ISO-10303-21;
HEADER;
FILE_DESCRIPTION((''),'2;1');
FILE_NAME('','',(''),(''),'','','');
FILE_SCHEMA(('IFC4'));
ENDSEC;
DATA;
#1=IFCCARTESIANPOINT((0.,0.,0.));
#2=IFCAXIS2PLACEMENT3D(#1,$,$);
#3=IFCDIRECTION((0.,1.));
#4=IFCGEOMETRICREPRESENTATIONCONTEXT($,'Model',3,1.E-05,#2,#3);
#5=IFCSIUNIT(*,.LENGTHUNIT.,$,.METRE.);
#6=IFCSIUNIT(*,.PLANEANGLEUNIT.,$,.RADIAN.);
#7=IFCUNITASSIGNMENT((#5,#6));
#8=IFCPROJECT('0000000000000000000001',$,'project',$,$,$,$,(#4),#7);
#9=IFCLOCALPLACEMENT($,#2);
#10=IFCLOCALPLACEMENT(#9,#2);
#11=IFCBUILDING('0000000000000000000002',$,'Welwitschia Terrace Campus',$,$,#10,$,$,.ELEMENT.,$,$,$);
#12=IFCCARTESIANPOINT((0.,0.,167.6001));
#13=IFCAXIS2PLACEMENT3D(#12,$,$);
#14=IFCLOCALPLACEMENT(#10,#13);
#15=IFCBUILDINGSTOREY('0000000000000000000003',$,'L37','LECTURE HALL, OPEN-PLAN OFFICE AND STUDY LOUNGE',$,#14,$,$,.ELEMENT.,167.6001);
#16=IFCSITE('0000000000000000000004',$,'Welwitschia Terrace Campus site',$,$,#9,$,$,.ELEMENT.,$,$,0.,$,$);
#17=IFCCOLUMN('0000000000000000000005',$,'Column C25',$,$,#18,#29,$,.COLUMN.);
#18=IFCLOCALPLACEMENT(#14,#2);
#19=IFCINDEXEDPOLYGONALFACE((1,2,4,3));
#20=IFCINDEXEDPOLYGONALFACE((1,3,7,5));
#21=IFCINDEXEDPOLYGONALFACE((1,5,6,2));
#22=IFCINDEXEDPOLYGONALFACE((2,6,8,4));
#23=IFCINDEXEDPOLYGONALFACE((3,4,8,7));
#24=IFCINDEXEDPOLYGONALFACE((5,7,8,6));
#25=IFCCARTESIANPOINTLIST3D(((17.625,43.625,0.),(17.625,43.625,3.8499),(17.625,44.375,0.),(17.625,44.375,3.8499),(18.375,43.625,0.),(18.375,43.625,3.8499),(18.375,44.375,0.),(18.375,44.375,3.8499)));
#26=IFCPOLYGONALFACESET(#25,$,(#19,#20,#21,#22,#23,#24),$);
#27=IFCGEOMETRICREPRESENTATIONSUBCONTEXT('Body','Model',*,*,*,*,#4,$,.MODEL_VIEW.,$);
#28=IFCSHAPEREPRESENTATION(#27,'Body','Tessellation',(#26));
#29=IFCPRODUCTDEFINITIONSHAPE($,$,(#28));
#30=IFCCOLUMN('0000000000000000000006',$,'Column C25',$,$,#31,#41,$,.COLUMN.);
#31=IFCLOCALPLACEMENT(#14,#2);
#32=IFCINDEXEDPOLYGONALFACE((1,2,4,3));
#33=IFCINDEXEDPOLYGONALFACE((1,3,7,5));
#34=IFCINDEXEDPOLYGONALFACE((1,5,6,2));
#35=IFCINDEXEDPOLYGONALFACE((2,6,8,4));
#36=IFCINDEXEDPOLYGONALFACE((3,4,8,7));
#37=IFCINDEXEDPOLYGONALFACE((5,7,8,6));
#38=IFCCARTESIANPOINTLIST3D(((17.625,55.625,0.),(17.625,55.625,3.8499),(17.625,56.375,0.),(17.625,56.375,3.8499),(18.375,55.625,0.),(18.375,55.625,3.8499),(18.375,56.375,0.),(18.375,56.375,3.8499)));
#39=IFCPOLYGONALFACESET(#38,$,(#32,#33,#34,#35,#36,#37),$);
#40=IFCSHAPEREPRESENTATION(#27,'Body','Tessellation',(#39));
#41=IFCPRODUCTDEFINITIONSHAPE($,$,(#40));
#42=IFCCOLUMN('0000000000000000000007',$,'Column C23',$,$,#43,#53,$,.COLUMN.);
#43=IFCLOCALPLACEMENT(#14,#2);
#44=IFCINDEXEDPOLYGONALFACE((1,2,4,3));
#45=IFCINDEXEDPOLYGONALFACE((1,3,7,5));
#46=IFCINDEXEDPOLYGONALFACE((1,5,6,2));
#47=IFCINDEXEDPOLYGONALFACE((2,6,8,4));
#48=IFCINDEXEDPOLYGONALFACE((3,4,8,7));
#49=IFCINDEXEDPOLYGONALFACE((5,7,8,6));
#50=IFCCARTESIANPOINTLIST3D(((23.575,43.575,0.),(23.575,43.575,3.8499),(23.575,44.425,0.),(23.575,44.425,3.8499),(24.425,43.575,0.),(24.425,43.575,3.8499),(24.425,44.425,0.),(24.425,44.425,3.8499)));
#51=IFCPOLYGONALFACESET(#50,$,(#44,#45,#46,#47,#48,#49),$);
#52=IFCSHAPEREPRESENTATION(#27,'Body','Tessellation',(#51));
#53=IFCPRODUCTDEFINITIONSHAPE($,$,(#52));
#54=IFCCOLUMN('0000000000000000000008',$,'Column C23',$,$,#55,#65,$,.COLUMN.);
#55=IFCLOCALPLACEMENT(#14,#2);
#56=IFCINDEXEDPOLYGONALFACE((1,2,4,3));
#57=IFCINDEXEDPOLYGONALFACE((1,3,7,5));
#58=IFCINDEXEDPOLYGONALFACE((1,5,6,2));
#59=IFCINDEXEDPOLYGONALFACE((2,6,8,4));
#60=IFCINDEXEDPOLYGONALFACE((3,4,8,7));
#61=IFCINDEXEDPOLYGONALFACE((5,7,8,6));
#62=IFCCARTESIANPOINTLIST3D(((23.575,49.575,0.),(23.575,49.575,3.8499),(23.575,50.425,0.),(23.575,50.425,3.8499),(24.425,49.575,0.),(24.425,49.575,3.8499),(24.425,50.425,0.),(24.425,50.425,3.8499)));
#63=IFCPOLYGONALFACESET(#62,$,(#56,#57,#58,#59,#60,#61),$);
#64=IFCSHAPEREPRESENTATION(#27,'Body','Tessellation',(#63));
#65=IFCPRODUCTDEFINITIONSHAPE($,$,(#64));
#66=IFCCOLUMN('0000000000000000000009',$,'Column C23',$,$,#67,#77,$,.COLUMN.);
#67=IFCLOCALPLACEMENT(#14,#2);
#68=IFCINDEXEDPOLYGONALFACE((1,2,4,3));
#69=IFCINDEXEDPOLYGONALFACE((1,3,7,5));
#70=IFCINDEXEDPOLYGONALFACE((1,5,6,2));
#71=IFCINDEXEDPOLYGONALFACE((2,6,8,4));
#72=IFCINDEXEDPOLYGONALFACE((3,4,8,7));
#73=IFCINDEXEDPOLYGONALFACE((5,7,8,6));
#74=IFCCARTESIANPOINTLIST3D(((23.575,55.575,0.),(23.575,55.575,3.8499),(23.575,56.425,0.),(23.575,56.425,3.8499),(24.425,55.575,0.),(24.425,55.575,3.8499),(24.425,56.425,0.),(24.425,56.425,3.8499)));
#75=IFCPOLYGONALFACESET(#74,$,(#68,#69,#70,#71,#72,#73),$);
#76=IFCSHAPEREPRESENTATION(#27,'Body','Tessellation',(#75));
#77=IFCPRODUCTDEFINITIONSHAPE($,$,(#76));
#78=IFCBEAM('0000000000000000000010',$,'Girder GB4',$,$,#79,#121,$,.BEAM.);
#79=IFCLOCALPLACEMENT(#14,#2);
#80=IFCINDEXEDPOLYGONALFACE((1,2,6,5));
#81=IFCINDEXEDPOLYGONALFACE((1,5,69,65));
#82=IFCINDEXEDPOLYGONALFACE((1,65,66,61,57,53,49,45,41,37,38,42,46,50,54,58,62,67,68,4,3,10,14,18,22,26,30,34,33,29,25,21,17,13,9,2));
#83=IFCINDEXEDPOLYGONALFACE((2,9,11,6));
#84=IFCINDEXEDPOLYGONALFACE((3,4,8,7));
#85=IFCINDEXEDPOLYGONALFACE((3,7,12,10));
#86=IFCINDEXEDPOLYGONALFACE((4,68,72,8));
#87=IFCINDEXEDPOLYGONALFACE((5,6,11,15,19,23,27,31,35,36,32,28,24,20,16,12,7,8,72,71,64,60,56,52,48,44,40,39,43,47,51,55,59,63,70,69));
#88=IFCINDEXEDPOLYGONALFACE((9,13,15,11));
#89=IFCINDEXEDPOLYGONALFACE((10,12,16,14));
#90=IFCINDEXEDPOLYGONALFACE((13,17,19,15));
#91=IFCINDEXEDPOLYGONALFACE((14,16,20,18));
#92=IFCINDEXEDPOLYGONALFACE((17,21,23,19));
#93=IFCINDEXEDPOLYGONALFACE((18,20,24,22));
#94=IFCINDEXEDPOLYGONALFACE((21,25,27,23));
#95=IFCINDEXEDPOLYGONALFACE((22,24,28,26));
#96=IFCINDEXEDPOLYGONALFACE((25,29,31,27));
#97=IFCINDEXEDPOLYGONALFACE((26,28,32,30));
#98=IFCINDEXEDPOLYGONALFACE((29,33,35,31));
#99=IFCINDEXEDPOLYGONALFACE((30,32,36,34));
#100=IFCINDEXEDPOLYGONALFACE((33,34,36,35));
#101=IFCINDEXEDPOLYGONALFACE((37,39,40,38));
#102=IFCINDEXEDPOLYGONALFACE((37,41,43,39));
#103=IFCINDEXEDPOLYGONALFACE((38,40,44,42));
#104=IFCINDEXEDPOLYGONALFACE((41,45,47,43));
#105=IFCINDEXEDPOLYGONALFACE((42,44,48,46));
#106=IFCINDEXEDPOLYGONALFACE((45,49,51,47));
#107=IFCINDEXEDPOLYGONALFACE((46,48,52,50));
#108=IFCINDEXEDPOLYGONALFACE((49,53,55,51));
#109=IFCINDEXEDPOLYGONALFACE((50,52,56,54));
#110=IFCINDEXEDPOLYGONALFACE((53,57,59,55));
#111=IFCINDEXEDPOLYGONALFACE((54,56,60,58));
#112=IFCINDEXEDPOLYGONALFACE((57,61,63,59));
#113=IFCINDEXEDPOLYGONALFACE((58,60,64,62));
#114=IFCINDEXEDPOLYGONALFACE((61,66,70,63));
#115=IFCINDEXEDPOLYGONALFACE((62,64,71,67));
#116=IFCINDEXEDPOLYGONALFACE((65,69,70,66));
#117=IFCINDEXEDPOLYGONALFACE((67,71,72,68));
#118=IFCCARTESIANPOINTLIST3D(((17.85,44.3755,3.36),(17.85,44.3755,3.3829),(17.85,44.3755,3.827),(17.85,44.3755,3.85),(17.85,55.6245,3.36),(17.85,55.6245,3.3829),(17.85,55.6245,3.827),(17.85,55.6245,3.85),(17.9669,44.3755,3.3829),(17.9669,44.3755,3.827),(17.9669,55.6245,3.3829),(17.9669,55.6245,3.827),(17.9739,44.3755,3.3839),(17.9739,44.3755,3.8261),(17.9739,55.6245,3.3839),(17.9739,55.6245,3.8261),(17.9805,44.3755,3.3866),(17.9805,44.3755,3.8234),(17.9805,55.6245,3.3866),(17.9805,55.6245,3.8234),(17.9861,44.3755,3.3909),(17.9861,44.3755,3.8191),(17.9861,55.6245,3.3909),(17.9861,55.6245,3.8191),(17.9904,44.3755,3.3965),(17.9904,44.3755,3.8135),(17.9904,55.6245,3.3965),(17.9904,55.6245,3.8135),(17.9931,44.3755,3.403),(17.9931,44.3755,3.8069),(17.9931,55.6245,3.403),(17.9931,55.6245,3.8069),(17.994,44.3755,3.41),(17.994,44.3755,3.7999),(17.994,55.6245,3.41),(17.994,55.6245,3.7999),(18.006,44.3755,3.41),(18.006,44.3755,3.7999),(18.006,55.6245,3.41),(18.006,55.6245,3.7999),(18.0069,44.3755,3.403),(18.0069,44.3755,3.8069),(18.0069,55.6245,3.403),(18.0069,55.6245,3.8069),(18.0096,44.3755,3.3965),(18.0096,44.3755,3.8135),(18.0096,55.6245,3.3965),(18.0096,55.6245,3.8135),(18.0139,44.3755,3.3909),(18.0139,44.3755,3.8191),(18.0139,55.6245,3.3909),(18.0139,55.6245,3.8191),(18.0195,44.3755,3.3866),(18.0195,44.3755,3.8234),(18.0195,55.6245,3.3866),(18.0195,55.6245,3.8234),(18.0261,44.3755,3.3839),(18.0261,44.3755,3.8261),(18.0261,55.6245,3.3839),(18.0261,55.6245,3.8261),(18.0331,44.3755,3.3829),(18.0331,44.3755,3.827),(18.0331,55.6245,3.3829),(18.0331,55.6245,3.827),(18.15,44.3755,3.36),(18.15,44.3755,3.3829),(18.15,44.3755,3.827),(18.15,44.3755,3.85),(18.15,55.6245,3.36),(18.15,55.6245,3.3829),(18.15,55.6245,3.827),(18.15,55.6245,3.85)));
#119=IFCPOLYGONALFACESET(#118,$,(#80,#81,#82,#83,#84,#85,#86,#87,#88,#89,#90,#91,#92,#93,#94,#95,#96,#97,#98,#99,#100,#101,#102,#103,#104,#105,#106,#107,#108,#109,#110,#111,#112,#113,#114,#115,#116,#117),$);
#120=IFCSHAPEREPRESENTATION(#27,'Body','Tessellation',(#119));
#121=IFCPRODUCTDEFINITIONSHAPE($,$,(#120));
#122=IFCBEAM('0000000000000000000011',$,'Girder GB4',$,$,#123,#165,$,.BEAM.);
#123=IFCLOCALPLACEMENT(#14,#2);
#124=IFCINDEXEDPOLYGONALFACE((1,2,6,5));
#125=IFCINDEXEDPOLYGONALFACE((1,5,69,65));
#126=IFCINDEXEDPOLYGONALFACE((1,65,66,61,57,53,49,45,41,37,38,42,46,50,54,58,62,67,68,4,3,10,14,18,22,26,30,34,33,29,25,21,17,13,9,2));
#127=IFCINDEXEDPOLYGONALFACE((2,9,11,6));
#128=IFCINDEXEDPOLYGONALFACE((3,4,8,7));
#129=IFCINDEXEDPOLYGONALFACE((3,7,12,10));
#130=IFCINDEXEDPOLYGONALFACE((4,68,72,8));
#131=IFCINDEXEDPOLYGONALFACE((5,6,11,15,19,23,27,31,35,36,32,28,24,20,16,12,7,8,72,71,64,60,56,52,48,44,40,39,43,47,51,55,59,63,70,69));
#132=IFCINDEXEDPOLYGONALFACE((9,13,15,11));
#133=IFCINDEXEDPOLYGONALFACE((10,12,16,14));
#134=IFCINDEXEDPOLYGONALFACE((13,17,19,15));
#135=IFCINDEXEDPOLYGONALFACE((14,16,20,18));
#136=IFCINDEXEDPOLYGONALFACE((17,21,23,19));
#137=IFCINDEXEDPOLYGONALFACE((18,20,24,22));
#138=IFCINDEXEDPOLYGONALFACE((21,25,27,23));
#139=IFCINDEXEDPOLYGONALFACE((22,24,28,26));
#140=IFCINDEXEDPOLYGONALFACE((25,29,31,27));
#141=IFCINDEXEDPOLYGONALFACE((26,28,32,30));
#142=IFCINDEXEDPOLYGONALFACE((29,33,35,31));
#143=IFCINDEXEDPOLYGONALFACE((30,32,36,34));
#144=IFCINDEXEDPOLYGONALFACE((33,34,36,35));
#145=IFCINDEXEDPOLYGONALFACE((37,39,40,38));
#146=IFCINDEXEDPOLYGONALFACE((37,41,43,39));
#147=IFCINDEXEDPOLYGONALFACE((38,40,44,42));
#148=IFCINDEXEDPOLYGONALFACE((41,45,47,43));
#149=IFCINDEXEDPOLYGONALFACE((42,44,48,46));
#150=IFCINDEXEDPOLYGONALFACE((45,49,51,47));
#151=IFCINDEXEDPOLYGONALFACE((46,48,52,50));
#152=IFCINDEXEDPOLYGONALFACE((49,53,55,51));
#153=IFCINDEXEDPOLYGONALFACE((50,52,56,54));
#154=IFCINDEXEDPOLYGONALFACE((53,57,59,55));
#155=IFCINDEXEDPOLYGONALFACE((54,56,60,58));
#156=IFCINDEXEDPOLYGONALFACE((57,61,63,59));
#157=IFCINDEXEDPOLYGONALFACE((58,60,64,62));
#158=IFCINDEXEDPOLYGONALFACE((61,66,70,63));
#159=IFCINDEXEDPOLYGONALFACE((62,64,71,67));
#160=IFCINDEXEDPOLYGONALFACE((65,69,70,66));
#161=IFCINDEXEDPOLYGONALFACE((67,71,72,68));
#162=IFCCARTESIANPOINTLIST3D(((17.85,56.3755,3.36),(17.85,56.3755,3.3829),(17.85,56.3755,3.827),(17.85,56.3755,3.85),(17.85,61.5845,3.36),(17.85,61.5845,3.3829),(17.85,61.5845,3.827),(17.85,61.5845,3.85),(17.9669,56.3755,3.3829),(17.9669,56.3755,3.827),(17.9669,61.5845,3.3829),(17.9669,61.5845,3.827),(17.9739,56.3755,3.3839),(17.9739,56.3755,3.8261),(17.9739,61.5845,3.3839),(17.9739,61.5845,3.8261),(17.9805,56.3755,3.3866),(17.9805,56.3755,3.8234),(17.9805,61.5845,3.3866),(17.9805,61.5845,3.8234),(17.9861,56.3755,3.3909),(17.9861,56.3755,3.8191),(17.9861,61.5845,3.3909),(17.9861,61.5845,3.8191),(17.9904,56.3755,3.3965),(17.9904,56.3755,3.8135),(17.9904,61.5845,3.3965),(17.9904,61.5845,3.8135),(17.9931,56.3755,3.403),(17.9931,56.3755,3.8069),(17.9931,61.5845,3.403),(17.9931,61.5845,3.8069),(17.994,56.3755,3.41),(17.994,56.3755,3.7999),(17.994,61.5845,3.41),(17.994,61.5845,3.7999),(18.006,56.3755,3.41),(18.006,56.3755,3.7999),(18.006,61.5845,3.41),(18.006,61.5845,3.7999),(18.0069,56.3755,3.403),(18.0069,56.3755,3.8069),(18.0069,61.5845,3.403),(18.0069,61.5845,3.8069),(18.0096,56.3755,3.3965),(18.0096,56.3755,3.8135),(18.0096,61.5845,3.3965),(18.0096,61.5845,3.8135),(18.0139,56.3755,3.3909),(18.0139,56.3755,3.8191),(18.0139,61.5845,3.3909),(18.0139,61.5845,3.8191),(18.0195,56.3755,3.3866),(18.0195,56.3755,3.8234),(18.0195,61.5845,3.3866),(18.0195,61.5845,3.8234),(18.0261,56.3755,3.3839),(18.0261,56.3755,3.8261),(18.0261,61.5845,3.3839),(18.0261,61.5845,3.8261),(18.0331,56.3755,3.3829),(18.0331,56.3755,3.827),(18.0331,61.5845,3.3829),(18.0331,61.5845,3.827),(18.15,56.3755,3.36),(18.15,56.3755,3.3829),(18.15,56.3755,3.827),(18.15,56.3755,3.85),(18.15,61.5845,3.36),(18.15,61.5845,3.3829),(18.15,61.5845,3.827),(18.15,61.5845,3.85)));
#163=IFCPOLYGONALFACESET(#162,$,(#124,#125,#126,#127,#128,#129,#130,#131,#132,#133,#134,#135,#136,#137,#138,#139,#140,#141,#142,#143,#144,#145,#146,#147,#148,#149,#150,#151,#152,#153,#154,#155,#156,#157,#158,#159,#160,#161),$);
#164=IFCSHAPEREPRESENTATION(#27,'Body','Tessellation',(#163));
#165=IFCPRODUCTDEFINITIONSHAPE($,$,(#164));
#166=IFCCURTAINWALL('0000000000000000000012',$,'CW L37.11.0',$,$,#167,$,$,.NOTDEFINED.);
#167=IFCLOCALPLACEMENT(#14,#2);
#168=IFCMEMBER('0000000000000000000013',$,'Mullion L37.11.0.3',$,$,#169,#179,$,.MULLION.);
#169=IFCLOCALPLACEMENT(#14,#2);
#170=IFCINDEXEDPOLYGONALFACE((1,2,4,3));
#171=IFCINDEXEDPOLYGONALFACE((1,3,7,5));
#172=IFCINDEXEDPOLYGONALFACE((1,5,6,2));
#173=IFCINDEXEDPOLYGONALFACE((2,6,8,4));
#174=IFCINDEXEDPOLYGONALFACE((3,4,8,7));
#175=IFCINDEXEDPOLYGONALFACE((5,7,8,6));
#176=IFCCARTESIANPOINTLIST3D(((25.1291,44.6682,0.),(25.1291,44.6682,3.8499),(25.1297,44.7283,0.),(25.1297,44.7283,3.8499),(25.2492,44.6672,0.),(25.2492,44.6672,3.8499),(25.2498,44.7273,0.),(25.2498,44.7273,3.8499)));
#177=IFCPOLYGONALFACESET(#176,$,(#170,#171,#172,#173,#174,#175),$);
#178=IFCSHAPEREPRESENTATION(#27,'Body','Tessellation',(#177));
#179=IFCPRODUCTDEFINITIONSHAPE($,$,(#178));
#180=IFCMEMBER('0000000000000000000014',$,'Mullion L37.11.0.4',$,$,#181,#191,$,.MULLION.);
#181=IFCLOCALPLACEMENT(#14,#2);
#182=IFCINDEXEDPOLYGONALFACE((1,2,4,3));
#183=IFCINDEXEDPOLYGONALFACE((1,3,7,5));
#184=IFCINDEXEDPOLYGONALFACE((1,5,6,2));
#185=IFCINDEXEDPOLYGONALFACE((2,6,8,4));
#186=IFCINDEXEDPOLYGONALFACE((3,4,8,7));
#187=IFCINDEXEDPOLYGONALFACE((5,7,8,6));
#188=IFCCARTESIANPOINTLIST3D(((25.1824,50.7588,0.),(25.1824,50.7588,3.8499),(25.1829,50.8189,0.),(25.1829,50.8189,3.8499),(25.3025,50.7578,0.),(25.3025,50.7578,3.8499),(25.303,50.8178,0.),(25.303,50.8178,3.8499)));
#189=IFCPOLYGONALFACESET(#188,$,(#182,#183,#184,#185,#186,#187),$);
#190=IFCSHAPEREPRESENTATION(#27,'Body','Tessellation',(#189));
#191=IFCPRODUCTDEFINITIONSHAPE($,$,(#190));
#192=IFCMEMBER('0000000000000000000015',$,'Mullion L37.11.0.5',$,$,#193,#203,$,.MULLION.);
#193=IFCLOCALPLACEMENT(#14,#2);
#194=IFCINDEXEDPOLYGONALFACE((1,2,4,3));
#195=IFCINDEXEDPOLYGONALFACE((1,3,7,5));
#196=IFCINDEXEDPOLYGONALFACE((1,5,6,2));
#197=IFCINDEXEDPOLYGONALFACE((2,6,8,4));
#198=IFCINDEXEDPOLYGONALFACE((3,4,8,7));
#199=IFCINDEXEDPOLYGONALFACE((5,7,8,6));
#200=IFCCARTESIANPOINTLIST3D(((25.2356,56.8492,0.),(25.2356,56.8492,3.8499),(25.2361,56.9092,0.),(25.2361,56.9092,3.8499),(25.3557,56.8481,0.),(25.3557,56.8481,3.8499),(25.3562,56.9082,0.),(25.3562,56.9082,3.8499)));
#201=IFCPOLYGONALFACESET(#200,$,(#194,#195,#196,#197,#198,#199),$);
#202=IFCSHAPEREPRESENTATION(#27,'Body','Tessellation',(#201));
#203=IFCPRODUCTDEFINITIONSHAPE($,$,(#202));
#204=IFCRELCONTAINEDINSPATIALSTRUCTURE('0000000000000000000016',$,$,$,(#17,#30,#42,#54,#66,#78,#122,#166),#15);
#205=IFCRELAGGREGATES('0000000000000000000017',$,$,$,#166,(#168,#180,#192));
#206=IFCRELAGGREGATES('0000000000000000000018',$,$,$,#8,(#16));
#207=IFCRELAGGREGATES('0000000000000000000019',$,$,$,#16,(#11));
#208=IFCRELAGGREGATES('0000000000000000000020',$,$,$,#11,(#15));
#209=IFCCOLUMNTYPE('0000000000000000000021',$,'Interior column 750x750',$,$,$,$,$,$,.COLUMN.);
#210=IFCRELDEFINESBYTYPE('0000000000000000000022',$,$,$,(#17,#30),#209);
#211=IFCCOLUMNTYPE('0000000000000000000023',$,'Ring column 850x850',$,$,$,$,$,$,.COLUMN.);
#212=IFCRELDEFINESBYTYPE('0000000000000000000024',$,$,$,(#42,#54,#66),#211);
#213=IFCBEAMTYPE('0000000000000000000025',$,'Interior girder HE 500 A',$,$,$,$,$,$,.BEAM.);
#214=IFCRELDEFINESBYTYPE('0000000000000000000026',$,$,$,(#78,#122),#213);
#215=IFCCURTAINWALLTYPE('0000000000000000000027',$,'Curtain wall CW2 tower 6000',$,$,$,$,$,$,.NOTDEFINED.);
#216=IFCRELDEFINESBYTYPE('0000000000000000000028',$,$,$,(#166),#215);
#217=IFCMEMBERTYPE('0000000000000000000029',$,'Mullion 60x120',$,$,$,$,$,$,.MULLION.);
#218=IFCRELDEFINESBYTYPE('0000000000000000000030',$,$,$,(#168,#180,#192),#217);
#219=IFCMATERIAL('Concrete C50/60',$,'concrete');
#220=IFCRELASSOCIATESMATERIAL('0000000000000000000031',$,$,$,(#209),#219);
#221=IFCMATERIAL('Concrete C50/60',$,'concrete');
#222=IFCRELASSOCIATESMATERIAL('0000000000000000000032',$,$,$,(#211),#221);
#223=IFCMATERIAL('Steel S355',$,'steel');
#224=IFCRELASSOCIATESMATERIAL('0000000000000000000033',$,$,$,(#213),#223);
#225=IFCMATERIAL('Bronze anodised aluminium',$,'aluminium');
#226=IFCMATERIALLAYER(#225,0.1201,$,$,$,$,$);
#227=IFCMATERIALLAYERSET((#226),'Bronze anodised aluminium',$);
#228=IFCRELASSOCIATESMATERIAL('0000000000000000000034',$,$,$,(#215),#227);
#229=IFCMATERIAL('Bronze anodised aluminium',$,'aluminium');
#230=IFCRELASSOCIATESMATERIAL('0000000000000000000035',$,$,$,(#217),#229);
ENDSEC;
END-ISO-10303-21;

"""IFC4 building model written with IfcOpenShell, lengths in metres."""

from ifc_helpers import new_model, si_unit, direction, frame, origin, origin_2d, place, context, subcontext, project, spatial, rectangle, i_section, extrude, material, layer, layer_set, material_profile, profile_set, type_object, element, aggregate, save


model = new_model("IFC4")

# Units and contexts
model_context = context("Model", 3, precision=1e-05, world=origin(), true_north=direction((0.0, 1.0)))
body_context = subcontext(model_context, "Body", "Model", "MODEL_VIEW")
ifc_project = project(units=[si_unit("LENGTHUNIT", "METRE"), si_unit("PLANEANGLEUNIT", "RADIAN")], contexts=[model_context])

# Site, building, storey
site_placement = place(None, origin())
site = spatial("IfcSite", under=ifc_project, at=site_placement, Name="Welwitschia Terrace Campus site", CompositionType="ELEMENT", RefElevation=0.0)
building_placement = place(site_placement, origin())
building = spatial("IfcBuilding", under=site, at=building_placement, Name="Welwitschia Terrace Campus", CompositionType="ELEMENT")
storey_placement = place(building_placement, frame((0.0, 0.0, 167.6001)))
storey = spatial("IfcBuildingStorey", under=building, at=storey_placement, Name="L37", Description="LECTURE HALL, OPEN-PLAN OFFICE AND STUDY LOUNGE", CompositionType="ELEMENT", Elevation=167.6001)

# Columns
ifc_material_1 = material(Name="Concrete C50/60", Category="concrete")
ifc_material_profile_1 = material_profile(ifc_material_1, rectangle(XDim=0.75, YDim=0.75, at=origin_2d()))
ifc_profile_set_1 = profile_set([ifc_material_profile_1], Name="Concrete C50/60")
column_type_1 = type_object("IfcColumnType", Name="Interior column 750x750", PredefinedType="COLUMN", material=ifc_profile_set_1)
for number, where, z_axis, x_axis, name in (
    (1, (18.0, 44.0, 0.0), (0.0, 0.0, 1.0), (1.0, 0.0, 0.0), "Column C25"),
    (2, (18.0, 56.0, 0.0), (0.0, 0.0, 1.0), (1.0, 0.0, 0.0), "Column C25"),
):
    element("IfcColumn", number, at=place(storey_placement, frame(where, z_axis=z_axis, x_axis=x_axis)), inside=storey, type_object=column_type_1, Name=name, PredefinedType="COLUMN", context=body_context, shape_type="SweptSolid", body=[
        extrude(rectangle(XDim=0.75, YDim=0.75, at=origin_2d()), origin(), (0.0, 0.0, 1.0), 3.8499),
    ])
ifc_material_2 = material(Name="Concrete C50/60", Category="concrete")
ifc_material_profile_2 = material_profile(ifc_material_2, rectangle(XDim=0.8501, YDim=0.8501, at=origin_2d()))
ifc_profile_set_2 = profile_set([ifc_material_profile_2], Name="Concrete C50/60")
column_type_2 = type_object("IfcColumnType", Name="Ring column 850x850", PredefinedType="COLUMN", material=ifc_profile_set_2)
for number, where, z_axis, x_axis, name in (
    (3, (24.0, 44.0, 0.0), (0.0, 0.0, 1.0), (1.0, 0.0, 0.0), "Column C23"),
    (4, (24.0, 50.0, 0.0), (0.0, 0.0, 1.0), (1.0, 0.0, 0.0), "Column C23"),
    (5, (24.0, 56.0, 0.0), (0.0, 0.0, 1.0), (1.0, 0.0, 0.0), "Column C23"),
):
    element("IfcColumn", number, at=place(storey_placement, frame(where, z_axis=z_axis, x_axis=x_axis)), inside=storey, type_object=column_type_2, Name=name, PredefinedType="COLUMN", context=body_context, shape_type="SweptSolid", body=[
        extrude(rectangle(XDim=0.8501, YDim=0.8501, at=origin_2d()), origin(), (0.0, 0.0, 1.0), 3.8499),
    ])

# Beams
ifc_material_3 = material(Name="Steel S355", Category="steel")
ifc_material_profile_3 = material_profile(ifc_material_3, i_section(OverallWidth=0.3, OverallDepth=0.49, WebThickness=0.012, FlangeThickness=0.0229, FilletRadius=0.0271, at=origin_2d()))
ifc_profile_set_3 = profile_set([ifc_material_profile_3], Name="Steel S355")
beam_type_1 = type_object("IfcBeamType", Name="Interior girder HE 500 A", PredefinedType="BEAM", material=ifc_profile_set_3)
beam_1_placement = place(storey_placement, frame((18.0, 44.3755, 3.605), z_axis=(0.0, 1.0, 0.0), x_axis=(-1.0, 0.0, 0.0)))
element("IfcBeam", 6, at=beam_1_placement, inside=storey, type_object=beam_type_1, Name="Girder GB4", PredefinedType="BEAM", context=body_context, shape_type="SweptSolid", body=[
    extrude(i_section(OverallWidth=0.3, OverallDepth=0.49, WebThickness=0.012, FlangeThickness=0.0229, FilletRadius=0.0271, at=origin_2d()), origin(), (0.0, 0.0, 1.0), 11.249),
])
beam_2_placement = place(storey_placement, frame((18.0, 56.3755, 3.605), z_axis=(0.0, 1.0, 0.0), x_axis=(-1.0, 0.0, 0.0)))
element("IfcBeam", 7, at=beam_2_placement, inside=storey, type_object=beam_type_1, Name="Girder GB4", PredefinedType="BEAM", context=body_context, shape_type="SweptSolid", body=[
    extrude(i_section(OverallWidth=0.3, OverallDepth=0.49, WebThickness=0.012, FlangeThickness=0.0229, FilletRadius=0.0271, at=origin_2d()), origin(), (0.0, 0.0, 1.0), 5.209),
])

# Curtain wall, members
ifc_material_4 = material(Name="Bronze anodised aluminium", Category="aluminium")
ifc_layer_1 = layer(ifc_material_4, 0.1201)
ifc_layer_set_1 = layer_set([ifc_layer_1], Name="Bronze anodised aluminium")
curtain_wall_type = type_object("IfcCurtainWallType", Name="Curtain wall CW2 tower 6000", PredefinedType="NOTDEFINED", material=ifc_layer_set_1)
curtain_wall_placement = place(storey_placement, origin())
curtain_wall = element("IfcCurtainWall", 8, at=curtain_wall_placement, inside=storey, type_object=curtain_wall_type, Name="CW L37.11.0", PredefinedType="NOTDEFINED")
ifc_material_5 = material(Name="Bronze anodised aluminium", Category="aluminium")
ifc_material_profile_4 = material_profile(ifc_material_5, rectangle(XDim=0.1201, YDim=0.0601, at=origin_2d()))
ifc_profile_set_4 = profile_set([ifc_material_profile_4], Name="Bronze anodised aluminium")
member_type = type_object("IfcMemberType", Name="Mullion 60x120", PredefinedType="MULLION", material=ifc_profile_set_4)
member_1_placement = place(storey_placement, frame((25.1895, 44.6978, 0.0), z_axis=(0.0, 0.0, 1.0), x_axis=(-0.999962, 0.008727, 0.0)))
member_1 = element("IfcMember", 9, at=member_1_placement, type_object=member_type, Name="Mullion L37.11.0.3", PredefinedType="MULLION", context=body_context, shape_type="SweptSolid", body=[
    extrude(rectangle(XDim=0.1201, YDim=0.0601, at=origin_2d()), origin(), (0.0, 0.0, 1.0), 3.8499),
])
member_2_placement = place(storey_placement, frame((25.2427, 50.7883, 0.0), z_axis=(0.0, 0.0, 1.0), x_axis=(-0.999962, 0.008727, 0.0)))
member_2 = element("IfcMember", 10, at=member_2_placement, type_object=member_type, Name="Mullion L37.11.0.4", PredefinedType="MULLION", context=body_context, shape_type="SweptSolid", body=[
    extrude(rectangle(XDim=0.1201, YDim=0.0601, at=origin_2d()), origin(), (0.0, 0.0, 1.0), 3.8499),
])
member_3_placement = place(storey_placement, frame((25.2959, 56.8787, 0.0), z_axis=(0.0, 0.0, 1.0), x_axis=(-0.999962, 0.008727, 0.0)))
member_3 = element("IfcMember", 11, at=member_3_placement, type_object=member_type, Name="Mullion L37.11.0.5", PredefinedType="MULLION", context=body_context, shape_type="SweptSolid", body=[
    extrude(rectangle(XDim=0.1201, YDim=0.0601, at=origin_2d()), origin(), (0.0, 0.0, 1.0), 3.8499),
])

aggregate(curtain_wall, [member_1, member_2, member_3])

save(model, "model.ifc")
